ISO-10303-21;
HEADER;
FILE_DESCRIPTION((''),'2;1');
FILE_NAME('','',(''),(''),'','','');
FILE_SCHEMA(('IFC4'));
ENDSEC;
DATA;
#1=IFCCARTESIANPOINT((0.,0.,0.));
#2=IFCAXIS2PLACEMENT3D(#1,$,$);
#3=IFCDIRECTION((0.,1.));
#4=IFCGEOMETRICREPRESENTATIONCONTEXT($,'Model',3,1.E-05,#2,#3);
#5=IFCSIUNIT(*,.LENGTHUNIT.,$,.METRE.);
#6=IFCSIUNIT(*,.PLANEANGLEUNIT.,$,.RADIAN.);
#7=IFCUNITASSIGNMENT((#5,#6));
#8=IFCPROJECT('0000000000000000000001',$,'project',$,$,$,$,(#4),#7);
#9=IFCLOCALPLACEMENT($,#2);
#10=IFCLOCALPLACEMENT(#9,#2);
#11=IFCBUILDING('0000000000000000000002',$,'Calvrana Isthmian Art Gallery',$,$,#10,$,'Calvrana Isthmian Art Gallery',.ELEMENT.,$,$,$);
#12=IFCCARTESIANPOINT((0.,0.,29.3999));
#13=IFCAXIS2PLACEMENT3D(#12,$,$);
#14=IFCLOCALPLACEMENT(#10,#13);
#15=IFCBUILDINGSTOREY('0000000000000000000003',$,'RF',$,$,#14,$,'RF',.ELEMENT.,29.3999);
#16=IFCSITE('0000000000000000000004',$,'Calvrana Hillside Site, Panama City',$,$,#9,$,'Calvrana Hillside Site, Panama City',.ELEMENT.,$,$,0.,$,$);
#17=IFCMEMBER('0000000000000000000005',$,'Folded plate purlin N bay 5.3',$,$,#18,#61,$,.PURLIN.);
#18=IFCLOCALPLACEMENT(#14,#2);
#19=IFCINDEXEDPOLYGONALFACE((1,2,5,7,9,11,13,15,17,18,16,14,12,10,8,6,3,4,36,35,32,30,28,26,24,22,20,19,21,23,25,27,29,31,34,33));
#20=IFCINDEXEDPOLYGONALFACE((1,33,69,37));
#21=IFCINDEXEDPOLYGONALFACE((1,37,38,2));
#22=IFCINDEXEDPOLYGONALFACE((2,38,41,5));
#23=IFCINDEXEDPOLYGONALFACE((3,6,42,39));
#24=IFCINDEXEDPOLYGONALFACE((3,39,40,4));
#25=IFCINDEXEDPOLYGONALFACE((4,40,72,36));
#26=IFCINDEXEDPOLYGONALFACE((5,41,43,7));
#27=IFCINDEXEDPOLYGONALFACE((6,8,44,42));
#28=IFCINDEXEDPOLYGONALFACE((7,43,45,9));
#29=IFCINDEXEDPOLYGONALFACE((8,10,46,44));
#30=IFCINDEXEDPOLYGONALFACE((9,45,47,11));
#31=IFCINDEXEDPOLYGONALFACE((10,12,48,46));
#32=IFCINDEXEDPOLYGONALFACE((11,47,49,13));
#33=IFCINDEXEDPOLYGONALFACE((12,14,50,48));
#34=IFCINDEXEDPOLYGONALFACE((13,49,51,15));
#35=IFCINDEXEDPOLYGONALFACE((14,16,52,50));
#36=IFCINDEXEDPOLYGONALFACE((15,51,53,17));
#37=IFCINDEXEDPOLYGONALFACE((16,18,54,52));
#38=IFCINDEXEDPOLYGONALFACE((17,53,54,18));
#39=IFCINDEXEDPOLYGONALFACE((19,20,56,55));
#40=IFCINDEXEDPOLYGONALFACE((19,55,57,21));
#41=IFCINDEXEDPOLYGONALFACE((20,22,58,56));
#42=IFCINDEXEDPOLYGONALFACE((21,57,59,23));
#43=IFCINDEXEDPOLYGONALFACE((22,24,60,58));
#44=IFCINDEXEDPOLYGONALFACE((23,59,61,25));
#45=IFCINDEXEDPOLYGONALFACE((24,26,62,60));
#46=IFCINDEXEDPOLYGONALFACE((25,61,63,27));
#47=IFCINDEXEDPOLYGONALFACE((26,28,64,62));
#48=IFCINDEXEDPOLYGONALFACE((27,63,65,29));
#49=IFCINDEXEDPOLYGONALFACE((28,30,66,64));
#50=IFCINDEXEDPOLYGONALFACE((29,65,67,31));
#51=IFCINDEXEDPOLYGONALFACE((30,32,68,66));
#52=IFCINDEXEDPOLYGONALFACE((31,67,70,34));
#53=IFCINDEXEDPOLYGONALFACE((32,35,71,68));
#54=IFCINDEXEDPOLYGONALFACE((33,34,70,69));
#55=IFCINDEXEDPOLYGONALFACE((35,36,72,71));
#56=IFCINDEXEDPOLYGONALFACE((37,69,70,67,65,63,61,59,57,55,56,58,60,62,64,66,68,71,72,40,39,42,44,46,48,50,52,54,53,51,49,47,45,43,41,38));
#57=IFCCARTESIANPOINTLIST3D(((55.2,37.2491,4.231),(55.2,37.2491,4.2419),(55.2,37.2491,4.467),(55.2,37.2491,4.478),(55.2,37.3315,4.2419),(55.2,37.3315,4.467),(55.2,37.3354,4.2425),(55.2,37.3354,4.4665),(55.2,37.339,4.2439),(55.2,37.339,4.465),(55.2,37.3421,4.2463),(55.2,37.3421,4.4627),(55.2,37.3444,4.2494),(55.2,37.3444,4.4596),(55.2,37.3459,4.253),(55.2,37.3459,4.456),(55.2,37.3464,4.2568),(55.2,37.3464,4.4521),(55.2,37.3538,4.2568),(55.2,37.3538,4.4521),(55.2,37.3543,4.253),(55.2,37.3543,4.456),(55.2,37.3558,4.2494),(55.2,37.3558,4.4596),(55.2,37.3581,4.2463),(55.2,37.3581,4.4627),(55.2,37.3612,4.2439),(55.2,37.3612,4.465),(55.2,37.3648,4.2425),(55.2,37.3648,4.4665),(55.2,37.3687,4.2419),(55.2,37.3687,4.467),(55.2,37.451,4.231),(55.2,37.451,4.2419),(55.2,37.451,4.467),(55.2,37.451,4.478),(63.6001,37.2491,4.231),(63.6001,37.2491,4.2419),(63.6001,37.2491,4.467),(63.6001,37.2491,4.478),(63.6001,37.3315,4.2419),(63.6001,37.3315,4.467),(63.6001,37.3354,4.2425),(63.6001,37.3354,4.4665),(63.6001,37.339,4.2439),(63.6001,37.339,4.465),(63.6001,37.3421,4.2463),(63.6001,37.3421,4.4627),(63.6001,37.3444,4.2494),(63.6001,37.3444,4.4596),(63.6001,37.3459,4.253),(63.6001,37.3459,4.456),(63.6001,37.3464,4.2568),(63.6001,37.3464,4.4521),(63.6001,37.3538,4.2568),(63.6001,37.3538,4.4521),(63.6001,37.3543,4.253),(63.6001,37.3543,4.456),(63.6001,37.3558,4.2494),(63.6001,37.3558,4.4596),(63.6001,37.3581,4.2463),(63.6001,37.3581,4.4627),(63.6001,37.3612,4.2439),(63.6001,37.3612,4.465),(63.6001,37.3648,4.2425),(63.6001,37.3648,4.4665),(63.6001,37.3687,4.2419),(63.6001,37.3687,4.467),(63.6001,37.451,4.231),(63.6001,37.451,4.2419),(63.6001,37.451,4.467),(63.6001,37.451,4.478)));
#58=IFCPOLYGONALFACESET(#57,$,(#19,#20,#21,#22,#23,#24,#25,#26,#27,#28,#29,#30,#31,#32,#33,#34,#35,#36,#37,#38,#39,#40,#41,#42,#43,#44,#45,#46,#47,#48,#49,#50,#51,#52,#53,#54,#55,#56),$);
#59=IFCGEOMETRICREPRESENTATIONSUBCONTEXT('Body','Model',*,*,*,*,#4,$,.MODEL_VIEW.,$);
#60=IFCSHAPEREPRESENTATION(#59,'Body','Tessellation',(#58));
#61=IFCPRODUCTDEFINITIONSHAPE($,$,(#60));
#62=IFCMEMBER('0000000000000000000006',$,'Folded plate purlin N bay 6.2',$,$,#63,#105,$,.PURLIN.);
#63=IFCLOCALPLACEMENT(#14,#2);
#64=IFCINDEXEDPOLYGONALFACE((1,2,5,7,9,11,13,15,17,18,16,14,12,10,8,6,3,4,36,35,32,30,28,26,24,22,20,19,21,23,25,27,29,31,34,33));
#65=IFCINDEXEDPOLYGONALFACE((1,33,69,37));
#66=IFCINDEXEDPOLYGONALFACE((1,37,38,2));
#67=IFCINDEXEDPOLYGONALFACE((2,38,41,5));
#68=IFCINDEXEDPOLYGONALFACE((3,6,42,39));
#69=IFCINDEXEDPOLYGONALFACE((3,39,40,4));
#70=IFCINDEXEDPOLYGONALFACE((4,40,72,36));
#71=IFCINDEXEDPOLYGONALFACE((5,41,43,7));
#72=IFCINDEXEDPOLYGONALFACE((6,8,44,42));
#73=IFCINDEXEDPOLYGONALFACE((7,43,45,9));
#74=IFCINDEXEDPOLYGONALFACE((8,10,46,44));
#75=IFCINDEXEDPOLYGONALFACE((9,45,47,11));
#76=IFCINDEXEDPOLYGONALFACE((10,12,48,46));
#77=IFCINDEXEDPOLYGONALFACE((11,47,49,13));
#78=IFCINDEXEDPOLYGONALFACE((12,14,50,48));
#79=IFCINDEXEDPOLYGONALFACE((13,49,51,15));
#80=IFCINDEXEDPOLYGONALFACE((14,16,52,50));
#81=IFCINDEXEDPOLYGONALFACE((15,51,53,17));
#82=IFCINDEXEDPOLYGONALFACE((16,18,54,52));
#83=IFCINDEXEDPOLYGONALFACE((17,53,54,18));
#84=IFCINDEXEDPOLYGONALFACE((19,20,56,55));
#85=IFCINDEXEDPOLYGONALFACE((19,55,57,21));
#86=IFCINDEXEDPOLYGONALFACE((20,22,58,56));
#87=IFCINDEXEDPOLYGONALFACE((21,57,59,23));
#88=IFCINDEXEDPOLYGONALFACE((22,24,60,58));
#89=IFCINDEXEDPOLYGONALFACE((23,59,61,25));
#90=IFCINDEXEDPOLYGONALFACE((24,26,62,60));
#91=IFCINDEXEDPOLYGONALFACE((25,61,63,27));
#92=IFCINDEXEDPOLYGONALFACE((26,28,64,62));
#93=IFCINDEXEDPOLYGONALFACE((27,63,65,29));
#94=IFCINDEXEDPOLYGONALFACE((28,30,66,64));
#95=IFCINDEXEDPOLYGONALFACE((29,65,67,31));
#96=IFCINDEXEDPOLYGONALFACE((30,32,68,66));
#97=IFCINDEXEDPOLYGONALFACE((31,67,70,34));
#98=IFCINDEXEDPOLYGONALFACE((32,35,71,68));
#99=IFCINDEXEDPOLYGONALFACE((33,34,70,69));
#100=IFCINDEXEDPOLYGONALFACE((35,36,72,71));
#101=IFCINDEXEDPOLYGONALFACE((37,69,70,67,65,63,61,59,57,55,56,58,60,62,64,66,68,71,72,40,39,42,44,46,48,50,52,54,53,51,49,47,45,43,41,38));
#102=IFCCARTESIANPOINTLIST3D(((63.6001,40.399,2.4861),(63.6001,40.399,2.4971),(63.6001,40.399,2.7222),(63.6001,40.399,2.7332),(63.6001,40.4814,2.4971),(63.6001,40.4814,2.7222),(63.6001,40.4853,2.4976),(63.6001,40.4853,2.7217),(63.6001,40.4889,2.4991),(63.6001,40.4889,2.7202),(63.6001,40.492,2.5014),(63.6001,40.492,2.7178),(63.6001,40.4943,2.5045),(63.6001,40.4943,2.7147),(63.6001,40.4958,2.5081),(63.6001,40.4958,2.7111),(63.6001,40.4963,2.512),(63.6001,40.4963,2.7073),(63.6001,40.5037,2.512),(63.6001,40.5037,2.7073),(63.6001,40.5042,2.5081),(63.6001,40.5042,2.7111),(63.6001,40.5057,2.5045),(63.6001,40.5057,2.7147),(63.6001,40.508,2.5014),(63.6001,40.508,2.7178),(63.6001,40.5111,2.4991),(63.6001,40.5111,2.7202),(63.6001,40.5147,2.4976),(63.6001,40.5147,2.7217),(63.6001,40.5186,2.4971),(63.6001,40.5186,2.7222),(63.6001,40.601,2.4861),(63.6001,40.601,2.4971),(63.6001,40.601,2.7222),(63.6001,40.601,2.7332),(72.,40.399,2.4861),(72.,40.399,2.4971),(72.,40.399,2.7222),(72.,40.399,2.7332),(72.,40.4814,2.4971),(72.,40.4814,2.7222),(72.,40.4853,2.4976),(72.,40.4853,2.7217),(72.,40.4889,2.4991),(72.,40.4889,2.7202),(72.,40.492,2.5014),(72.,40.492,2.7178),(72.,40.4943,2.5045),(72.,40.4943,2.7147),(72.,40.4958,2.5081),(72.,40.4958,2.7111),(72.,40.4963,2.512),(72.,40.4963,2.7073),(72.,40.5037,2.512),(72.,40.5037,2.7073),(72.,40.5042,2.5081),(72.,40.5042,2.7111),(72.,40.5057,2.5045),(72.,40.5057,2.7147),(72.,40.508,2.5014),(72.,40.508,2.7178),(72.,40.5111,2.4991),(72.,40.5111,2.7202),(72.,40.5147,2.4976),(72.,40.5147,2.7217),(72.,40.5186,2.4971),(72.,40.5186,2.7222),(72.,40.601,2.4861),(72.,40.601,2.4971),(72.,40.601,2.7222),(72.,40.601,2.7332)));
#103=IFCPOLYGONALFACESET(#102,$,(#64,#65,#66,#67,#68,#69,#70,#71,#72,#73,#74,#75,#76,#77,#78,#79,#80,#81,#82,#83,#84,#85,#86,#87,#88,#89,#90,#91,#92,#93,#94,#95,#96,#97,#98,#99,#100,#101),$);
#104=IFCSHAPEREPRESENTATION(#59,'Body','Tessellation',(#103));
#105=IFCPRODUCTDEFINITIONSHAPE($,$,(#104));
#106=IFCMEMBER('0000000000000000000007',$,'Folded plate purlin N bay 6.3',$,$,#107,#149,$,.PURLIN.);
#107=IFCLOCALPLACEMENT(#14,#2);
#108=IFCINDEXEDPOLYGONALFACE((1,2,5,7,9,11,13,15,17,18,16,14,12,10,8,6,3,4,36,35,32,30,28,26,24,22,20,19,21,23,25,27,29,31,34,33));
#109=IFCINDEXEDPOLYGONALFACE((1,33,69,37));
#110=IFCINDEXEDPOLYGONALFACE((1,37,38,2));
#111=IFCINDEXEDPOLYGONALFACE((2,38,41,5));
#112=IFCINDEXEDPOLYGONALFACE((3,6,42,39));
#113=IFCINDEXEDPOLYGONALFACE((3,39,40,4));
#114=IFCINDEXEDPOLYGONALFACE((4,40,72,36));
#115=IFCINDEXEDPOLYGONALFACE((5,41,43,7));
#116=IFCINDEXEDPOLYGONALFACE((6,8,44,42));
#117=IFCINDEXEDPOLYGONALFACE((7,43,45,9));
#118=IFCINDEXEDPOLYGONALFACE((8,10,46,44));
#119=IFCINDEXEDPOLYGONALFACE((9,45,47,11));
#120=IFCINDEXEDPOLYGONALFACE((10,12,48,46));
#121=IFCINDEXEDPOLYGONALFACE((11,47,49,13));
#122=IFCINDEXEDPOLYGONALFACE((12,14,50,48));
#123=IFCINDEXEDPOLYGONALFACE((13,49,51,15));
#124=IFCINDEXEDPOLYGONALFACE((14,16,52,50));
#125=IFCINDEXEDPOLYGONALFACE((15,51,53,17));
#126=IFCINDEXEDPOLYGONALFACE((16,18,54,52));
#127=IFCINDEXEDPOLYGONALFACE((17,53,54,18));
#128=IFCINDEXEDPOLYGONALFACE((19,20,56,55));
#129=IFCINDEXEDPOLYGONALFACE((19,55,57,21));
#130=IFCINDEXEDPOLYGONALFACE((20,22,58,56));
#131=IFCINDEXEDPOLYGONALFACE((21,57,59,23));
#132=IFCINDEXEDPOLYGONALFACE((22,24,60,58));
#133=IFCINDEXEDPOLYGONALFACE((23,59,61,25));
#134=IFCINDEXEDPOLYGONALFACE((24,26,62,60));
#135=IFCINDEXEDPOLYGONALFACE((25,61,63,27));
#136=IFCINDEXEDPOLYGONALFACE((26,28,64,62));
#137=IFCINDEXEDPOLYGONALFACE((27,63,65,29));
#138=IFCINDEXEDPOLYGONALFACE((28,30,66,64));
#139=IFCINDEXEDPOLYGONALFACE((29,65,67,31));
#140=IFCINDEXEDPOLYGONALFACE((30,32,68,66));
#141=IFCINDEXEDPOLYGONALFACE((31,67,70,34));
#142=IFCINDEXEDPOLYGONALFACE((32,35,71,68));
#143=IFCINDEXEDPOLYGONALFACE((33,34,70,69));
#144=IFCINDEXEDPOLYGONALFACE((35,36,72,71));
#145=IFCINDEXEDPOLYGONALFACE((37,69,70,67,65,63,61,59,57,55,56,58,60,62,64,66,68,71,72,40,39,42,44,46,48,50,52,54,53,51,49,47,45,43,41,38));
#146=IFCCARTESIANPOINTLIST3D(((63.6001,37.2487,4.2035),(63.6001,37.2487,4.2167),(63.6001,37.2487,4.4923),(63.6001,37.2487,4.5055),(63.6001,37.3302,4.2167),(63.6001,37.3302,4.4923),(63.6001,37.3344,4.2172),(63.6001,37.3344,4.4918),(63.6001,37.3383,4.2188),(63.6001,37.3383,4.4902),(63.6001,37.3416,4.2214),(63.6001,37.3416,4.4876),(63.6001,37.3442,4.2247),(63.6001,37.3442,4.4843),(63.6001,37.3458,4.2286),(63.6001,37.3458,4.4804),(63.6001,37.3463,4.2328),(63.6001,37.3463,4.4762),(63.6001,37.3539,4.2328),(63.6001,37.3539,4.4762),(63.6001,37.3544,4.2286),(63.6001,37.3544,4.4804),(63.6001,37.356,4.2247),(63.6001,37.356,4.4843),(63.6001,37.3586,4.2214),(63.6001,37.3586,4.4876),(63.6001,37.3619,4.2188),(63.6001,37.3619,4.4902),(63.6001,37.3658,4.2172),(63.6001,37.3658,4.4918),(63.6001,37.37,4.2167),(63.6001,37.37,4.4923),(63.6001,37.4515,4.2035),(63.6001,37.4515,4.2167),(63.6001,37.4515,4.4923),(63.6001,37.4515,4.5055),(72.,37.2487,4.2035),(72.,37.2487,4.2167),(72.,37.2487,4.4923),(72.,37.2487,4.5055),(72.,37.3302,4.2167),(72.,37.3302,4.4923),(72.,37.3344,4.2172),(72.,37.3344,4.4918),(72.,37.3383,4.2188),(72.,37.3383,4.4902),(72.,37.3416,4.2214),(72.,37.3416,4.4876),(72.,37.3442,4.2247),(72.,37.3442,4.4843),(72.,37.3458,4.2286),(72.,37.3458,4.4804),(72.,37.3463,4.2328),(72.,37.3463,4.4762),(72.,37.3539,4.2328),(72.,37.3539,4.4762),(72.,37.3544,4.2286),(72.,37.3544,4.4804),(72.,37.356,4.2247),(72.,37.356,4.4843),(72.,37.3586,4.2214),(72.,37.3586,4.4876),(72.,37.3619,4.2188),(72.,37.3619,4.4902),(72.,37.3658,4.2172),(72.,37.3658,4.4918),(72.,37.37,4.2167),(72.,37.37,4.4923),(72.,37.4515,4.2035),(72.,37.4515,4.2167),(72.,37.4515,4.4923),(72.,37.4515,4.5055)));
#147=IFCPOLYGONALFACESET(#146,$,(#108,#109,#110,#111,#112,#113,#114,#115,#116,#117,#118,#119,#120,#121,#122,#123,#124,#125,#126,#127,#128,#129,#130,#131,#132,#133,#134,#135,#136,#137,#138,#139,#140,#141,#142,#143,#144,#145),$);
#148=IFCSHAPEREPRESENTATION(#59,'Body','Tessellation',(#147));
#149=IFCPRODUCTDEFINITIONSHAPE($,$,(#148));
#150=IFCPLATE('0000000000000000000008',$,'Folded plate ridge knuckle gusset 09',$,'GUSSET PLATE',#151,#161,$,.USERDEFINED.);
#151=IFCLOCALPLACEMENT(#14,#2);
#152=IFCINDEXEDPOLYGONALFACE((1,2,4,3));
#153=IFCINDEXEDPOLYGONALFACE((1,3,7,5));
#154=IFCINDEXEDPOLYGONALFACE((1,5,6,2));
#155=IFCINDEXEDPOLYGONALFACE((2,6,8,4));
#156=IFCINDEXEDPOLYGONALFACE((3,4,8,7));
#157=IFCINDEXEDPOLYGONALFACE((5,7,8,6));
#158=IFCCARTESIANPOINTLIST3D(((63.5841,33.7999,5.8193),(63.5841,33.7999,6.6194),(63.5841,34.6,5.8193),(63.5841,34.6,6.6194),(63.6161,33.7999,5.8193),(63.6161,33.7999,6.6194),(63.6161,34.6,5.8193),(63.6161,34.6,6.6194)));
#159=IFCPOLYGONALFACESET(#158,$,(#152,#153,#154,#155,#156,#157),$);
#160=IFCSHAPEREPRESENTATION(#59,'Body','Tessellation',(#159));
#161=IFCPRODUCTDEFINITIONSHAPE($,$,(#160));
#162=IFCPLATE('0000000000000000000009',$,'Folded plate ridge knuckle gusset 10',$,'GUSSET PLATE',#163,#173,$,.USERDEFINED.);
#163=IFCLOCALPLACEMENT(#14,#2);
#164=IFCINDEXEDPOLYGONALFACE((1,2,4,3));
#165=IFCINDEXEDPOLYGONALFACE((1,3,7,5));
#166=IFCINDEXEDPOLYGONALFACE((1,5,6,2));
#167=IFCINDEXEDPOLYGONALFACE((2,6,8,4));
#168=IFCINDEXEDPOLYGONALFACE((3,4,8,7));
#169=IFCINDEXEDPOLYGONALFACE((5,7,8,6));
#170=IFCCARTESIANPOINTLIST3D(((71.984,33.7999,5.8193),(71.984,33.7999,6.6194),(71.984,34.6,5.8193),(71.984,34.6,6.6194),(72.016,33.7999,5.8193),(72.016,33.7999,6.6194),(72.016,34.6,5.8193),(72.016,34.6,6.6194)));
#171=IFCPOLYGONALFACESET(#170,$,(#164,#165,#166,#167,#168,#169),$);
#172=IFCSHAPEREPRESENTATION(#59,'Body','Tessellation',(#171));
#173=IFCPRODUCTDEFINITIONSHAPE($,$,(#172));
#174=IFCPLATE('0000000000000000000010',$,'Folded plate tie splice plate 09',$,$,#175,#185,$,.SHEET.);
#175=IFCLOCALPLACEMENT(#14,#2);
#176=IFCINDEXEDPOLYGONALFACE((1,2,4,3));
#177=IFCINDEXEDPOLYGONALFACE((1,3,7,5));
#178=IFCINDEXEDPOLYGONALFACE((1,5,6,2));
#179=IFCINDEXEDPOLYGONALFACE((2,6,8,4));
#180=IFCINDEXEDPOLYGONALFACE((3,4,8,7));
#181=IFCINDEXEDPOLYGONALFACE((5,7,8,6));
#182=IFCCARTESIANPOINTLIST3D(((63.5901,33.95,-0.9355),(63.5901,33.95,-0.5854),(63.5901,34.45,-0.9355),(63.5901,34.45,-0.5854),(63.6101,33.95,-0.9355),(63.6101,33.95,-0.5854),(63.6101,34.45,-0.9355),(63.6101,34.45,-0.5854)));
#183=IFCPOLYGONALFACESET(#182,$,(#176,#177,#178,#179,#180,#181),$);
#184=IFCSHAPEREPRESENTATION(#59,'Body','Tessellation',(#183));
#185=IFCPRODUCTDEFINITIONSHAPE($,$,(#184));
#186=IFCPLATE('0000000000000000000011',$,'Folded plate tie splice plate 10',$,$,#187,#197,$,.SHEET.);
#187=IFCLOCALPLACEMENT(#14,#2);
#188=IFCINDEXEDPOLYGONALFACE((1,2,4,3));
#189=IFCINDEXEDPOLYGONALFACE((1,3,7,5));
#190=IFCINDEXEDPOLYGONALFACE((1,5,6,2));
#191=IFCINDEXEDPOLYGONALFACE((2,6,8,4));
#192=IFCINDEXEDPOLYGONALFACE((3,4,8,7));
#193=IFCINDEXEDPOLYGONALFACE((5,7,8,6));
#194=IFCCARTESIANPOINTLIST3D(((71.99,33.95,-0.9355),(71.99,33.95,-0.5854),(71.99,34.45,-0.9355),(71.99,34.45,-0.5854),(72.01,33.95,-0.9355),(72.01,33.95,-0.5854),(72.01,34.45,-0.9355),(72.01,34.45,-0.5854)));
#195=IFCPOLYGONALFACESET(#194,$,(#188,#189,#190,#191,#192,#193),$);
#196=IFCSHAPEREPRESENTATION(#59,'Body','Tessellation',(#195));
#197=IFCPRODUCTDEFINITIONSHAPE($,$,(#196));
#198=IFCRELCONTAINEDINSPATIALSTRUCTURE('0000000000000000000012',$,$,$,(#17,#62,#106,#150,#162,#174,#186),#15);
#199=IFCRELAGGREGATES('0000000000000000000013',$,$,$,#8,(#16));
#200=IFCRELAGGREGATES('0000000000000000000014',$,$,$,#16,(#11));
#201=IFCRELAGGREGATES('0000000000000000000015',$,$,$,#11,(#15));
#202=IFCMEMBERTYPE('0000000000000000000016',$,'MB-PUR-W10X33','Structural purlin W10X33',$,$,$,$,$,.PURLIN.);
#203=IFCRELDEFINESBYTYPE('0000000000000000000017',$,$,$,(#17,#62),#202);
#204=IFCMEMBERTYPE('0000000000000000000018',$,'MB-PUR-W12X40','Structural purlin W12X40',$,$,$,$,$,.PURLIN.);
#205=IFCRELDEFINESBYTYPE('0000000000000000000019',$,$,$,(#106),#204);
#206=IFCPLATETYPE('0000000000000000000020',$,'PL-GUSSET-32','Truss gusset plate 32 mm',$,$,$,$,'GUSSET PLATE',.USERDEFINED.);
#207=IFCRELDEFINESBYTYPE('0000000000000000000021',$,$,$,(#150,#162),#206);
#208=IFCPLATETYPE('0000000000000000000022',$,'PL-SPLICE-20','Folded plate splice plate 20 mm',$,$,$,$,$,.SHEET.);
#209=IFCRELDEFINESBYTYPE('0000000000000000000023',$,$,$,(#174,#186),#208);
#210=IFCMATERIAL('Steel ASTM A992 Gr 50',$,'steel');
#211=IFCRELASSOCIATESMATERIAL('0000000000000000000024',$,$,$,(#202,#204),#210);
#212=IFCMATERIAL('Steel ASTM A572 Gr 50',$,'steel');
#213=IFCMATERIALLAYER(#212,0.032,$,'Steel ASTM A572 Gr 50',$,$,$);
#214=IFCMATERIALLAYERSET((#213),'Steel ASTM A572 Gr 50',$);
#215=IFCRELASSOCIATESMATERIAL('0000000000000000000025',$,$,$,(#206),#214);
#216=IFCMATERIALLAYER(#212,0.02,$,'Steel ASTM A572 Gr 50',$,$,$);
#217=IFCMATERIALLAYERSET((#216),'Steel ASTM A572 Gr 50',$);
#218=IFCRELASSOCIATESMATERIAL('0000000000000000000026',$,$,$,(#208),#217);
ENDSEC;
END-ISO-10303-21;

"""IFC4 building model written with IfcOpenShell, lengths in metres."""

from ifc_helpers import new_model, si_unit, direction, frame, origin, origin_2d, place, context, subcontext, project, spatial, rectangle, i_section, extrude, material, layer, layer_set, material_profile, profile_set, type_object, element, save


model = new_model("IFC4")

# Units and contexts
model_context = context("Model", 3, precision=1e-05, world=origin(), true_north=direction((0.0, 1.0)))
body_context = subcontext(model_context, "Body", "Model", "MODEL_VIEW")
ifc_project = project(units=[si_unit("LENGTHUNIT", "METRE"), si_unit("PLANEANGLEUNIT", "RADIAN")], contexts=[model_context])

# Site, building, storey
site_placement = place(None, origin())
site = spatial("IfcSite", under=ifc_project, at=site_placement, Name="Calvrana Hillside Site, Panama City", LongName="Calvrana Hillside Site, Panama City", CompositionType="ELEMENT", RefElevation=0.0)
building_placement = place(site_placement, origin())
building = spatial("IfcBuilding", under=site, at=building_placement, Name="Calvrana Isthmian Art Gallery", LongName="Calvrana Isthmian Art Gallery", CompositionType="ELEMENT")
storey_placement = place(building_placement, frame((0.0, 0.0, 29.3999)))
storey = spatial("IfcBuildingStorey", under=building, at=storey_placement, Name="RF", LongName="RF", CompositionType="ELEMENT", Elevation=29.3999)

# Shared definitions
ifc_material_1 = material(Name="Steel ASTM A992 Gr 50", Category="steel")

# Members
ifc_material_profile_1 = material_profile(ifc_material_1, i_section(OverallWidth=0.2019, OverallDepth=0.2471, WebThickness=0.0073, FlangeThickness=0.011, FilletRadius=0.0149, at=origin_2d()), Name="W10X33")
ifc_profile_set_1 = profile_set([ifc_material_profile_1], Name="Steel ASTM A992 Gr 50")
member_type_1 = type_object("IfcMemberType", Name="MB-PUR-W10X33", Description="Structural purlin W10X33", PredefinedType="PURLIN", material=ifc_profile_set_1)
member_1_placement = place(storey_placement, frame((55.2, 37.3501, 4.3545), z_axis=(1.0, 0.0, 0.0), x_axis=(0.0, 1.0, 0.0)))
element("IfcMember", 1, at=member_1_placement, inside=storey, type_object=member_type_1, Name="Folded plate purlin N bay 5.3", PredefinedType="PURLIN", context=body_context, shape_type="SweptSolid", body=[
    extrude(i_section(OverallWidth=0.2019, OverallDepth=0.2471, WebThickness=0.0073, FlangeThickness=0.011, FilletRadius=0.0149, at=origin_2d()), origin(), (0.0, 0.0, 1.0), 8.4001),
])
member_2_placement = place(storey_placement, frame((63.6001, 40.5, 2.6096), z_axis=(1.0, 0.0, 0.0), x_axis=(0.0, 1.0, 0.0)))
element("IfcMember", 2, at=member_2_placement, inside=storey, type_object=member_type_1, Name="Folded plate purlin N bay 6.2", PredefinedType="PURLIN", context=body_context, shape_type="SweptSolid", body=[
    extrude(i_section(OverallWidth=0.2019, OverallDepth=0.2471, WebThickness=0.0073, FlangeThickness=0.011, FilletRadius=0.0149, at=origin_2d()), origin(), (0.0, 0.0, 1.0), 8.3999),
])
ifc_material_profile_2 = material_profile(ifc_material_1, i_section(OverallWidth=0.2029, OverallDepth=0.302, WebThickness=0.0076, FlangeThickness=0.0132, FilletRadius=0.0161, at=origin_2d()), Name="W12X40")
ifc_profile_set_2 = profile_set([ifc_material_profile_2], Name="Steel ASTM A992 Gr 50")
member_type_2 = type_object("IfcMemberType", Name="MB-PUR-W12X40", Description="Structural purlin W12X40", PredefinedType="PURLIN", material=ifc_profile_set_2)
member_3_placement = place(storey_placement, frame((63.6001, 37.3501, 4.3545), z_axis=(1.0, 0.0, 0.0), x_axis=(0.0, 1.0, 0.0)))
element("IfcMember", 3, at=member_3_placement, inside=storey, type_object=member_type_2, Name="Folded plate purlin N bay 6.3", PredefinedType="PURLIN", context=body_context, shape_type="SweptSolid", body=[
    extrude(i_section(OverallWidth=0.2029, OverallDepth=0.302, WebThickness=0.0076, FlangeThickness=0.0132, FilletRadius=0.0161, at=origin_2d()), origin(), (0.0, 0.0, 1.0), 8.3999),
])

# Plates
ifc_material_2 = material(Name="Steel ASTM A572 Gr 50", Category="steel")
ifc_layer_1 = layer(ifc_material_2, 0.032, Name="Steel ASTM A572 Gr 50")
ifc_layer_set_1 = layer_set([ifc_layer_1], Name="Steel ASTM A572 Gr 50")
plate_type_1 = type_object("IfcPlateType", Name="PL-GUSSET-32", Description="Truss gusset plate 32 mm", ElementType="GUSSET PLATE", PredefinedType="USERDEFINED", material=ifc_layer_set_1)
for number, where, z_axis, x_axis, name in (
    (4, (63.6001, 34.2, 5.8193), (0.0, 0.0, 1.0), (1.0, 0.0, 0.0), "Folded plate ridge knuckle gusset 09"),
    (5, (72.0, 34.2, 5.8193), (0.0, 0.0, 1.0), (1.0, 0.0, 0.0), "Folded plate ridge knuckle gusset 10"),
):
    element("IfcPlate", number, at=place(storey_placement, frame(where, z_axis=z_axis, x_axis=x_axis)), inside=storey, type_object=plate_type_1, Name=name, ObjectType="GUSSET PLATE", PredefinedType="USERDEFINED", context=body_context, shape_type="SweptSolid", body=[
        extrude(rectangle(XDim=0.032, YDim=0.8, at=origin_2d()), origin(), (0.0, 0.0, 1.0), 0.8),
    ])
ifc_layer_2 = layer(ifc_material_2, 0.02, Name="Steel ASTM A572 Gr 50")
ifc_layer_set_2 = layer_set([ifc_layer_2], Name="Steel ASTM A572 Gr 50")
plate_type_2 = type_object("IfcPlateType", Name="PL-SPLICE-20", Description="Folded plate splice plate 20 mm", PredefinedType="SHEET", material=ifc_layer_set_2)
for number, where, z_axis, x_axis, name in (
    (6, (63.6001, 34.2, -0.9355), (0.0, 0.0, 1.0), (1.0, 0.0, 0.0), "Folded plate tie splice plate 09"),
    (7, (72.0, 34.2, -0.9355), (0.0, 0.0, 1.0), (1.0, 0.0, 0.0), "Folded plate tie splice plate 10"),
):
    element("IfcPlate", number, at=place(storey_placement, frame(where, z_axis=z_axis, x_axis=x_axis)), inside=storey, type_object=plate_type_2, Name=name, PredefinedType="SHEET", context=body_context, shape_type="SweptSolid", body=[
        extrude(rectangle(XDim=0.02, YDim=0.5, at=origin_2d()), origin(), (0.0, 0.0, 1.0), 0.3501),
    ])

save(model, "model.ifc")
